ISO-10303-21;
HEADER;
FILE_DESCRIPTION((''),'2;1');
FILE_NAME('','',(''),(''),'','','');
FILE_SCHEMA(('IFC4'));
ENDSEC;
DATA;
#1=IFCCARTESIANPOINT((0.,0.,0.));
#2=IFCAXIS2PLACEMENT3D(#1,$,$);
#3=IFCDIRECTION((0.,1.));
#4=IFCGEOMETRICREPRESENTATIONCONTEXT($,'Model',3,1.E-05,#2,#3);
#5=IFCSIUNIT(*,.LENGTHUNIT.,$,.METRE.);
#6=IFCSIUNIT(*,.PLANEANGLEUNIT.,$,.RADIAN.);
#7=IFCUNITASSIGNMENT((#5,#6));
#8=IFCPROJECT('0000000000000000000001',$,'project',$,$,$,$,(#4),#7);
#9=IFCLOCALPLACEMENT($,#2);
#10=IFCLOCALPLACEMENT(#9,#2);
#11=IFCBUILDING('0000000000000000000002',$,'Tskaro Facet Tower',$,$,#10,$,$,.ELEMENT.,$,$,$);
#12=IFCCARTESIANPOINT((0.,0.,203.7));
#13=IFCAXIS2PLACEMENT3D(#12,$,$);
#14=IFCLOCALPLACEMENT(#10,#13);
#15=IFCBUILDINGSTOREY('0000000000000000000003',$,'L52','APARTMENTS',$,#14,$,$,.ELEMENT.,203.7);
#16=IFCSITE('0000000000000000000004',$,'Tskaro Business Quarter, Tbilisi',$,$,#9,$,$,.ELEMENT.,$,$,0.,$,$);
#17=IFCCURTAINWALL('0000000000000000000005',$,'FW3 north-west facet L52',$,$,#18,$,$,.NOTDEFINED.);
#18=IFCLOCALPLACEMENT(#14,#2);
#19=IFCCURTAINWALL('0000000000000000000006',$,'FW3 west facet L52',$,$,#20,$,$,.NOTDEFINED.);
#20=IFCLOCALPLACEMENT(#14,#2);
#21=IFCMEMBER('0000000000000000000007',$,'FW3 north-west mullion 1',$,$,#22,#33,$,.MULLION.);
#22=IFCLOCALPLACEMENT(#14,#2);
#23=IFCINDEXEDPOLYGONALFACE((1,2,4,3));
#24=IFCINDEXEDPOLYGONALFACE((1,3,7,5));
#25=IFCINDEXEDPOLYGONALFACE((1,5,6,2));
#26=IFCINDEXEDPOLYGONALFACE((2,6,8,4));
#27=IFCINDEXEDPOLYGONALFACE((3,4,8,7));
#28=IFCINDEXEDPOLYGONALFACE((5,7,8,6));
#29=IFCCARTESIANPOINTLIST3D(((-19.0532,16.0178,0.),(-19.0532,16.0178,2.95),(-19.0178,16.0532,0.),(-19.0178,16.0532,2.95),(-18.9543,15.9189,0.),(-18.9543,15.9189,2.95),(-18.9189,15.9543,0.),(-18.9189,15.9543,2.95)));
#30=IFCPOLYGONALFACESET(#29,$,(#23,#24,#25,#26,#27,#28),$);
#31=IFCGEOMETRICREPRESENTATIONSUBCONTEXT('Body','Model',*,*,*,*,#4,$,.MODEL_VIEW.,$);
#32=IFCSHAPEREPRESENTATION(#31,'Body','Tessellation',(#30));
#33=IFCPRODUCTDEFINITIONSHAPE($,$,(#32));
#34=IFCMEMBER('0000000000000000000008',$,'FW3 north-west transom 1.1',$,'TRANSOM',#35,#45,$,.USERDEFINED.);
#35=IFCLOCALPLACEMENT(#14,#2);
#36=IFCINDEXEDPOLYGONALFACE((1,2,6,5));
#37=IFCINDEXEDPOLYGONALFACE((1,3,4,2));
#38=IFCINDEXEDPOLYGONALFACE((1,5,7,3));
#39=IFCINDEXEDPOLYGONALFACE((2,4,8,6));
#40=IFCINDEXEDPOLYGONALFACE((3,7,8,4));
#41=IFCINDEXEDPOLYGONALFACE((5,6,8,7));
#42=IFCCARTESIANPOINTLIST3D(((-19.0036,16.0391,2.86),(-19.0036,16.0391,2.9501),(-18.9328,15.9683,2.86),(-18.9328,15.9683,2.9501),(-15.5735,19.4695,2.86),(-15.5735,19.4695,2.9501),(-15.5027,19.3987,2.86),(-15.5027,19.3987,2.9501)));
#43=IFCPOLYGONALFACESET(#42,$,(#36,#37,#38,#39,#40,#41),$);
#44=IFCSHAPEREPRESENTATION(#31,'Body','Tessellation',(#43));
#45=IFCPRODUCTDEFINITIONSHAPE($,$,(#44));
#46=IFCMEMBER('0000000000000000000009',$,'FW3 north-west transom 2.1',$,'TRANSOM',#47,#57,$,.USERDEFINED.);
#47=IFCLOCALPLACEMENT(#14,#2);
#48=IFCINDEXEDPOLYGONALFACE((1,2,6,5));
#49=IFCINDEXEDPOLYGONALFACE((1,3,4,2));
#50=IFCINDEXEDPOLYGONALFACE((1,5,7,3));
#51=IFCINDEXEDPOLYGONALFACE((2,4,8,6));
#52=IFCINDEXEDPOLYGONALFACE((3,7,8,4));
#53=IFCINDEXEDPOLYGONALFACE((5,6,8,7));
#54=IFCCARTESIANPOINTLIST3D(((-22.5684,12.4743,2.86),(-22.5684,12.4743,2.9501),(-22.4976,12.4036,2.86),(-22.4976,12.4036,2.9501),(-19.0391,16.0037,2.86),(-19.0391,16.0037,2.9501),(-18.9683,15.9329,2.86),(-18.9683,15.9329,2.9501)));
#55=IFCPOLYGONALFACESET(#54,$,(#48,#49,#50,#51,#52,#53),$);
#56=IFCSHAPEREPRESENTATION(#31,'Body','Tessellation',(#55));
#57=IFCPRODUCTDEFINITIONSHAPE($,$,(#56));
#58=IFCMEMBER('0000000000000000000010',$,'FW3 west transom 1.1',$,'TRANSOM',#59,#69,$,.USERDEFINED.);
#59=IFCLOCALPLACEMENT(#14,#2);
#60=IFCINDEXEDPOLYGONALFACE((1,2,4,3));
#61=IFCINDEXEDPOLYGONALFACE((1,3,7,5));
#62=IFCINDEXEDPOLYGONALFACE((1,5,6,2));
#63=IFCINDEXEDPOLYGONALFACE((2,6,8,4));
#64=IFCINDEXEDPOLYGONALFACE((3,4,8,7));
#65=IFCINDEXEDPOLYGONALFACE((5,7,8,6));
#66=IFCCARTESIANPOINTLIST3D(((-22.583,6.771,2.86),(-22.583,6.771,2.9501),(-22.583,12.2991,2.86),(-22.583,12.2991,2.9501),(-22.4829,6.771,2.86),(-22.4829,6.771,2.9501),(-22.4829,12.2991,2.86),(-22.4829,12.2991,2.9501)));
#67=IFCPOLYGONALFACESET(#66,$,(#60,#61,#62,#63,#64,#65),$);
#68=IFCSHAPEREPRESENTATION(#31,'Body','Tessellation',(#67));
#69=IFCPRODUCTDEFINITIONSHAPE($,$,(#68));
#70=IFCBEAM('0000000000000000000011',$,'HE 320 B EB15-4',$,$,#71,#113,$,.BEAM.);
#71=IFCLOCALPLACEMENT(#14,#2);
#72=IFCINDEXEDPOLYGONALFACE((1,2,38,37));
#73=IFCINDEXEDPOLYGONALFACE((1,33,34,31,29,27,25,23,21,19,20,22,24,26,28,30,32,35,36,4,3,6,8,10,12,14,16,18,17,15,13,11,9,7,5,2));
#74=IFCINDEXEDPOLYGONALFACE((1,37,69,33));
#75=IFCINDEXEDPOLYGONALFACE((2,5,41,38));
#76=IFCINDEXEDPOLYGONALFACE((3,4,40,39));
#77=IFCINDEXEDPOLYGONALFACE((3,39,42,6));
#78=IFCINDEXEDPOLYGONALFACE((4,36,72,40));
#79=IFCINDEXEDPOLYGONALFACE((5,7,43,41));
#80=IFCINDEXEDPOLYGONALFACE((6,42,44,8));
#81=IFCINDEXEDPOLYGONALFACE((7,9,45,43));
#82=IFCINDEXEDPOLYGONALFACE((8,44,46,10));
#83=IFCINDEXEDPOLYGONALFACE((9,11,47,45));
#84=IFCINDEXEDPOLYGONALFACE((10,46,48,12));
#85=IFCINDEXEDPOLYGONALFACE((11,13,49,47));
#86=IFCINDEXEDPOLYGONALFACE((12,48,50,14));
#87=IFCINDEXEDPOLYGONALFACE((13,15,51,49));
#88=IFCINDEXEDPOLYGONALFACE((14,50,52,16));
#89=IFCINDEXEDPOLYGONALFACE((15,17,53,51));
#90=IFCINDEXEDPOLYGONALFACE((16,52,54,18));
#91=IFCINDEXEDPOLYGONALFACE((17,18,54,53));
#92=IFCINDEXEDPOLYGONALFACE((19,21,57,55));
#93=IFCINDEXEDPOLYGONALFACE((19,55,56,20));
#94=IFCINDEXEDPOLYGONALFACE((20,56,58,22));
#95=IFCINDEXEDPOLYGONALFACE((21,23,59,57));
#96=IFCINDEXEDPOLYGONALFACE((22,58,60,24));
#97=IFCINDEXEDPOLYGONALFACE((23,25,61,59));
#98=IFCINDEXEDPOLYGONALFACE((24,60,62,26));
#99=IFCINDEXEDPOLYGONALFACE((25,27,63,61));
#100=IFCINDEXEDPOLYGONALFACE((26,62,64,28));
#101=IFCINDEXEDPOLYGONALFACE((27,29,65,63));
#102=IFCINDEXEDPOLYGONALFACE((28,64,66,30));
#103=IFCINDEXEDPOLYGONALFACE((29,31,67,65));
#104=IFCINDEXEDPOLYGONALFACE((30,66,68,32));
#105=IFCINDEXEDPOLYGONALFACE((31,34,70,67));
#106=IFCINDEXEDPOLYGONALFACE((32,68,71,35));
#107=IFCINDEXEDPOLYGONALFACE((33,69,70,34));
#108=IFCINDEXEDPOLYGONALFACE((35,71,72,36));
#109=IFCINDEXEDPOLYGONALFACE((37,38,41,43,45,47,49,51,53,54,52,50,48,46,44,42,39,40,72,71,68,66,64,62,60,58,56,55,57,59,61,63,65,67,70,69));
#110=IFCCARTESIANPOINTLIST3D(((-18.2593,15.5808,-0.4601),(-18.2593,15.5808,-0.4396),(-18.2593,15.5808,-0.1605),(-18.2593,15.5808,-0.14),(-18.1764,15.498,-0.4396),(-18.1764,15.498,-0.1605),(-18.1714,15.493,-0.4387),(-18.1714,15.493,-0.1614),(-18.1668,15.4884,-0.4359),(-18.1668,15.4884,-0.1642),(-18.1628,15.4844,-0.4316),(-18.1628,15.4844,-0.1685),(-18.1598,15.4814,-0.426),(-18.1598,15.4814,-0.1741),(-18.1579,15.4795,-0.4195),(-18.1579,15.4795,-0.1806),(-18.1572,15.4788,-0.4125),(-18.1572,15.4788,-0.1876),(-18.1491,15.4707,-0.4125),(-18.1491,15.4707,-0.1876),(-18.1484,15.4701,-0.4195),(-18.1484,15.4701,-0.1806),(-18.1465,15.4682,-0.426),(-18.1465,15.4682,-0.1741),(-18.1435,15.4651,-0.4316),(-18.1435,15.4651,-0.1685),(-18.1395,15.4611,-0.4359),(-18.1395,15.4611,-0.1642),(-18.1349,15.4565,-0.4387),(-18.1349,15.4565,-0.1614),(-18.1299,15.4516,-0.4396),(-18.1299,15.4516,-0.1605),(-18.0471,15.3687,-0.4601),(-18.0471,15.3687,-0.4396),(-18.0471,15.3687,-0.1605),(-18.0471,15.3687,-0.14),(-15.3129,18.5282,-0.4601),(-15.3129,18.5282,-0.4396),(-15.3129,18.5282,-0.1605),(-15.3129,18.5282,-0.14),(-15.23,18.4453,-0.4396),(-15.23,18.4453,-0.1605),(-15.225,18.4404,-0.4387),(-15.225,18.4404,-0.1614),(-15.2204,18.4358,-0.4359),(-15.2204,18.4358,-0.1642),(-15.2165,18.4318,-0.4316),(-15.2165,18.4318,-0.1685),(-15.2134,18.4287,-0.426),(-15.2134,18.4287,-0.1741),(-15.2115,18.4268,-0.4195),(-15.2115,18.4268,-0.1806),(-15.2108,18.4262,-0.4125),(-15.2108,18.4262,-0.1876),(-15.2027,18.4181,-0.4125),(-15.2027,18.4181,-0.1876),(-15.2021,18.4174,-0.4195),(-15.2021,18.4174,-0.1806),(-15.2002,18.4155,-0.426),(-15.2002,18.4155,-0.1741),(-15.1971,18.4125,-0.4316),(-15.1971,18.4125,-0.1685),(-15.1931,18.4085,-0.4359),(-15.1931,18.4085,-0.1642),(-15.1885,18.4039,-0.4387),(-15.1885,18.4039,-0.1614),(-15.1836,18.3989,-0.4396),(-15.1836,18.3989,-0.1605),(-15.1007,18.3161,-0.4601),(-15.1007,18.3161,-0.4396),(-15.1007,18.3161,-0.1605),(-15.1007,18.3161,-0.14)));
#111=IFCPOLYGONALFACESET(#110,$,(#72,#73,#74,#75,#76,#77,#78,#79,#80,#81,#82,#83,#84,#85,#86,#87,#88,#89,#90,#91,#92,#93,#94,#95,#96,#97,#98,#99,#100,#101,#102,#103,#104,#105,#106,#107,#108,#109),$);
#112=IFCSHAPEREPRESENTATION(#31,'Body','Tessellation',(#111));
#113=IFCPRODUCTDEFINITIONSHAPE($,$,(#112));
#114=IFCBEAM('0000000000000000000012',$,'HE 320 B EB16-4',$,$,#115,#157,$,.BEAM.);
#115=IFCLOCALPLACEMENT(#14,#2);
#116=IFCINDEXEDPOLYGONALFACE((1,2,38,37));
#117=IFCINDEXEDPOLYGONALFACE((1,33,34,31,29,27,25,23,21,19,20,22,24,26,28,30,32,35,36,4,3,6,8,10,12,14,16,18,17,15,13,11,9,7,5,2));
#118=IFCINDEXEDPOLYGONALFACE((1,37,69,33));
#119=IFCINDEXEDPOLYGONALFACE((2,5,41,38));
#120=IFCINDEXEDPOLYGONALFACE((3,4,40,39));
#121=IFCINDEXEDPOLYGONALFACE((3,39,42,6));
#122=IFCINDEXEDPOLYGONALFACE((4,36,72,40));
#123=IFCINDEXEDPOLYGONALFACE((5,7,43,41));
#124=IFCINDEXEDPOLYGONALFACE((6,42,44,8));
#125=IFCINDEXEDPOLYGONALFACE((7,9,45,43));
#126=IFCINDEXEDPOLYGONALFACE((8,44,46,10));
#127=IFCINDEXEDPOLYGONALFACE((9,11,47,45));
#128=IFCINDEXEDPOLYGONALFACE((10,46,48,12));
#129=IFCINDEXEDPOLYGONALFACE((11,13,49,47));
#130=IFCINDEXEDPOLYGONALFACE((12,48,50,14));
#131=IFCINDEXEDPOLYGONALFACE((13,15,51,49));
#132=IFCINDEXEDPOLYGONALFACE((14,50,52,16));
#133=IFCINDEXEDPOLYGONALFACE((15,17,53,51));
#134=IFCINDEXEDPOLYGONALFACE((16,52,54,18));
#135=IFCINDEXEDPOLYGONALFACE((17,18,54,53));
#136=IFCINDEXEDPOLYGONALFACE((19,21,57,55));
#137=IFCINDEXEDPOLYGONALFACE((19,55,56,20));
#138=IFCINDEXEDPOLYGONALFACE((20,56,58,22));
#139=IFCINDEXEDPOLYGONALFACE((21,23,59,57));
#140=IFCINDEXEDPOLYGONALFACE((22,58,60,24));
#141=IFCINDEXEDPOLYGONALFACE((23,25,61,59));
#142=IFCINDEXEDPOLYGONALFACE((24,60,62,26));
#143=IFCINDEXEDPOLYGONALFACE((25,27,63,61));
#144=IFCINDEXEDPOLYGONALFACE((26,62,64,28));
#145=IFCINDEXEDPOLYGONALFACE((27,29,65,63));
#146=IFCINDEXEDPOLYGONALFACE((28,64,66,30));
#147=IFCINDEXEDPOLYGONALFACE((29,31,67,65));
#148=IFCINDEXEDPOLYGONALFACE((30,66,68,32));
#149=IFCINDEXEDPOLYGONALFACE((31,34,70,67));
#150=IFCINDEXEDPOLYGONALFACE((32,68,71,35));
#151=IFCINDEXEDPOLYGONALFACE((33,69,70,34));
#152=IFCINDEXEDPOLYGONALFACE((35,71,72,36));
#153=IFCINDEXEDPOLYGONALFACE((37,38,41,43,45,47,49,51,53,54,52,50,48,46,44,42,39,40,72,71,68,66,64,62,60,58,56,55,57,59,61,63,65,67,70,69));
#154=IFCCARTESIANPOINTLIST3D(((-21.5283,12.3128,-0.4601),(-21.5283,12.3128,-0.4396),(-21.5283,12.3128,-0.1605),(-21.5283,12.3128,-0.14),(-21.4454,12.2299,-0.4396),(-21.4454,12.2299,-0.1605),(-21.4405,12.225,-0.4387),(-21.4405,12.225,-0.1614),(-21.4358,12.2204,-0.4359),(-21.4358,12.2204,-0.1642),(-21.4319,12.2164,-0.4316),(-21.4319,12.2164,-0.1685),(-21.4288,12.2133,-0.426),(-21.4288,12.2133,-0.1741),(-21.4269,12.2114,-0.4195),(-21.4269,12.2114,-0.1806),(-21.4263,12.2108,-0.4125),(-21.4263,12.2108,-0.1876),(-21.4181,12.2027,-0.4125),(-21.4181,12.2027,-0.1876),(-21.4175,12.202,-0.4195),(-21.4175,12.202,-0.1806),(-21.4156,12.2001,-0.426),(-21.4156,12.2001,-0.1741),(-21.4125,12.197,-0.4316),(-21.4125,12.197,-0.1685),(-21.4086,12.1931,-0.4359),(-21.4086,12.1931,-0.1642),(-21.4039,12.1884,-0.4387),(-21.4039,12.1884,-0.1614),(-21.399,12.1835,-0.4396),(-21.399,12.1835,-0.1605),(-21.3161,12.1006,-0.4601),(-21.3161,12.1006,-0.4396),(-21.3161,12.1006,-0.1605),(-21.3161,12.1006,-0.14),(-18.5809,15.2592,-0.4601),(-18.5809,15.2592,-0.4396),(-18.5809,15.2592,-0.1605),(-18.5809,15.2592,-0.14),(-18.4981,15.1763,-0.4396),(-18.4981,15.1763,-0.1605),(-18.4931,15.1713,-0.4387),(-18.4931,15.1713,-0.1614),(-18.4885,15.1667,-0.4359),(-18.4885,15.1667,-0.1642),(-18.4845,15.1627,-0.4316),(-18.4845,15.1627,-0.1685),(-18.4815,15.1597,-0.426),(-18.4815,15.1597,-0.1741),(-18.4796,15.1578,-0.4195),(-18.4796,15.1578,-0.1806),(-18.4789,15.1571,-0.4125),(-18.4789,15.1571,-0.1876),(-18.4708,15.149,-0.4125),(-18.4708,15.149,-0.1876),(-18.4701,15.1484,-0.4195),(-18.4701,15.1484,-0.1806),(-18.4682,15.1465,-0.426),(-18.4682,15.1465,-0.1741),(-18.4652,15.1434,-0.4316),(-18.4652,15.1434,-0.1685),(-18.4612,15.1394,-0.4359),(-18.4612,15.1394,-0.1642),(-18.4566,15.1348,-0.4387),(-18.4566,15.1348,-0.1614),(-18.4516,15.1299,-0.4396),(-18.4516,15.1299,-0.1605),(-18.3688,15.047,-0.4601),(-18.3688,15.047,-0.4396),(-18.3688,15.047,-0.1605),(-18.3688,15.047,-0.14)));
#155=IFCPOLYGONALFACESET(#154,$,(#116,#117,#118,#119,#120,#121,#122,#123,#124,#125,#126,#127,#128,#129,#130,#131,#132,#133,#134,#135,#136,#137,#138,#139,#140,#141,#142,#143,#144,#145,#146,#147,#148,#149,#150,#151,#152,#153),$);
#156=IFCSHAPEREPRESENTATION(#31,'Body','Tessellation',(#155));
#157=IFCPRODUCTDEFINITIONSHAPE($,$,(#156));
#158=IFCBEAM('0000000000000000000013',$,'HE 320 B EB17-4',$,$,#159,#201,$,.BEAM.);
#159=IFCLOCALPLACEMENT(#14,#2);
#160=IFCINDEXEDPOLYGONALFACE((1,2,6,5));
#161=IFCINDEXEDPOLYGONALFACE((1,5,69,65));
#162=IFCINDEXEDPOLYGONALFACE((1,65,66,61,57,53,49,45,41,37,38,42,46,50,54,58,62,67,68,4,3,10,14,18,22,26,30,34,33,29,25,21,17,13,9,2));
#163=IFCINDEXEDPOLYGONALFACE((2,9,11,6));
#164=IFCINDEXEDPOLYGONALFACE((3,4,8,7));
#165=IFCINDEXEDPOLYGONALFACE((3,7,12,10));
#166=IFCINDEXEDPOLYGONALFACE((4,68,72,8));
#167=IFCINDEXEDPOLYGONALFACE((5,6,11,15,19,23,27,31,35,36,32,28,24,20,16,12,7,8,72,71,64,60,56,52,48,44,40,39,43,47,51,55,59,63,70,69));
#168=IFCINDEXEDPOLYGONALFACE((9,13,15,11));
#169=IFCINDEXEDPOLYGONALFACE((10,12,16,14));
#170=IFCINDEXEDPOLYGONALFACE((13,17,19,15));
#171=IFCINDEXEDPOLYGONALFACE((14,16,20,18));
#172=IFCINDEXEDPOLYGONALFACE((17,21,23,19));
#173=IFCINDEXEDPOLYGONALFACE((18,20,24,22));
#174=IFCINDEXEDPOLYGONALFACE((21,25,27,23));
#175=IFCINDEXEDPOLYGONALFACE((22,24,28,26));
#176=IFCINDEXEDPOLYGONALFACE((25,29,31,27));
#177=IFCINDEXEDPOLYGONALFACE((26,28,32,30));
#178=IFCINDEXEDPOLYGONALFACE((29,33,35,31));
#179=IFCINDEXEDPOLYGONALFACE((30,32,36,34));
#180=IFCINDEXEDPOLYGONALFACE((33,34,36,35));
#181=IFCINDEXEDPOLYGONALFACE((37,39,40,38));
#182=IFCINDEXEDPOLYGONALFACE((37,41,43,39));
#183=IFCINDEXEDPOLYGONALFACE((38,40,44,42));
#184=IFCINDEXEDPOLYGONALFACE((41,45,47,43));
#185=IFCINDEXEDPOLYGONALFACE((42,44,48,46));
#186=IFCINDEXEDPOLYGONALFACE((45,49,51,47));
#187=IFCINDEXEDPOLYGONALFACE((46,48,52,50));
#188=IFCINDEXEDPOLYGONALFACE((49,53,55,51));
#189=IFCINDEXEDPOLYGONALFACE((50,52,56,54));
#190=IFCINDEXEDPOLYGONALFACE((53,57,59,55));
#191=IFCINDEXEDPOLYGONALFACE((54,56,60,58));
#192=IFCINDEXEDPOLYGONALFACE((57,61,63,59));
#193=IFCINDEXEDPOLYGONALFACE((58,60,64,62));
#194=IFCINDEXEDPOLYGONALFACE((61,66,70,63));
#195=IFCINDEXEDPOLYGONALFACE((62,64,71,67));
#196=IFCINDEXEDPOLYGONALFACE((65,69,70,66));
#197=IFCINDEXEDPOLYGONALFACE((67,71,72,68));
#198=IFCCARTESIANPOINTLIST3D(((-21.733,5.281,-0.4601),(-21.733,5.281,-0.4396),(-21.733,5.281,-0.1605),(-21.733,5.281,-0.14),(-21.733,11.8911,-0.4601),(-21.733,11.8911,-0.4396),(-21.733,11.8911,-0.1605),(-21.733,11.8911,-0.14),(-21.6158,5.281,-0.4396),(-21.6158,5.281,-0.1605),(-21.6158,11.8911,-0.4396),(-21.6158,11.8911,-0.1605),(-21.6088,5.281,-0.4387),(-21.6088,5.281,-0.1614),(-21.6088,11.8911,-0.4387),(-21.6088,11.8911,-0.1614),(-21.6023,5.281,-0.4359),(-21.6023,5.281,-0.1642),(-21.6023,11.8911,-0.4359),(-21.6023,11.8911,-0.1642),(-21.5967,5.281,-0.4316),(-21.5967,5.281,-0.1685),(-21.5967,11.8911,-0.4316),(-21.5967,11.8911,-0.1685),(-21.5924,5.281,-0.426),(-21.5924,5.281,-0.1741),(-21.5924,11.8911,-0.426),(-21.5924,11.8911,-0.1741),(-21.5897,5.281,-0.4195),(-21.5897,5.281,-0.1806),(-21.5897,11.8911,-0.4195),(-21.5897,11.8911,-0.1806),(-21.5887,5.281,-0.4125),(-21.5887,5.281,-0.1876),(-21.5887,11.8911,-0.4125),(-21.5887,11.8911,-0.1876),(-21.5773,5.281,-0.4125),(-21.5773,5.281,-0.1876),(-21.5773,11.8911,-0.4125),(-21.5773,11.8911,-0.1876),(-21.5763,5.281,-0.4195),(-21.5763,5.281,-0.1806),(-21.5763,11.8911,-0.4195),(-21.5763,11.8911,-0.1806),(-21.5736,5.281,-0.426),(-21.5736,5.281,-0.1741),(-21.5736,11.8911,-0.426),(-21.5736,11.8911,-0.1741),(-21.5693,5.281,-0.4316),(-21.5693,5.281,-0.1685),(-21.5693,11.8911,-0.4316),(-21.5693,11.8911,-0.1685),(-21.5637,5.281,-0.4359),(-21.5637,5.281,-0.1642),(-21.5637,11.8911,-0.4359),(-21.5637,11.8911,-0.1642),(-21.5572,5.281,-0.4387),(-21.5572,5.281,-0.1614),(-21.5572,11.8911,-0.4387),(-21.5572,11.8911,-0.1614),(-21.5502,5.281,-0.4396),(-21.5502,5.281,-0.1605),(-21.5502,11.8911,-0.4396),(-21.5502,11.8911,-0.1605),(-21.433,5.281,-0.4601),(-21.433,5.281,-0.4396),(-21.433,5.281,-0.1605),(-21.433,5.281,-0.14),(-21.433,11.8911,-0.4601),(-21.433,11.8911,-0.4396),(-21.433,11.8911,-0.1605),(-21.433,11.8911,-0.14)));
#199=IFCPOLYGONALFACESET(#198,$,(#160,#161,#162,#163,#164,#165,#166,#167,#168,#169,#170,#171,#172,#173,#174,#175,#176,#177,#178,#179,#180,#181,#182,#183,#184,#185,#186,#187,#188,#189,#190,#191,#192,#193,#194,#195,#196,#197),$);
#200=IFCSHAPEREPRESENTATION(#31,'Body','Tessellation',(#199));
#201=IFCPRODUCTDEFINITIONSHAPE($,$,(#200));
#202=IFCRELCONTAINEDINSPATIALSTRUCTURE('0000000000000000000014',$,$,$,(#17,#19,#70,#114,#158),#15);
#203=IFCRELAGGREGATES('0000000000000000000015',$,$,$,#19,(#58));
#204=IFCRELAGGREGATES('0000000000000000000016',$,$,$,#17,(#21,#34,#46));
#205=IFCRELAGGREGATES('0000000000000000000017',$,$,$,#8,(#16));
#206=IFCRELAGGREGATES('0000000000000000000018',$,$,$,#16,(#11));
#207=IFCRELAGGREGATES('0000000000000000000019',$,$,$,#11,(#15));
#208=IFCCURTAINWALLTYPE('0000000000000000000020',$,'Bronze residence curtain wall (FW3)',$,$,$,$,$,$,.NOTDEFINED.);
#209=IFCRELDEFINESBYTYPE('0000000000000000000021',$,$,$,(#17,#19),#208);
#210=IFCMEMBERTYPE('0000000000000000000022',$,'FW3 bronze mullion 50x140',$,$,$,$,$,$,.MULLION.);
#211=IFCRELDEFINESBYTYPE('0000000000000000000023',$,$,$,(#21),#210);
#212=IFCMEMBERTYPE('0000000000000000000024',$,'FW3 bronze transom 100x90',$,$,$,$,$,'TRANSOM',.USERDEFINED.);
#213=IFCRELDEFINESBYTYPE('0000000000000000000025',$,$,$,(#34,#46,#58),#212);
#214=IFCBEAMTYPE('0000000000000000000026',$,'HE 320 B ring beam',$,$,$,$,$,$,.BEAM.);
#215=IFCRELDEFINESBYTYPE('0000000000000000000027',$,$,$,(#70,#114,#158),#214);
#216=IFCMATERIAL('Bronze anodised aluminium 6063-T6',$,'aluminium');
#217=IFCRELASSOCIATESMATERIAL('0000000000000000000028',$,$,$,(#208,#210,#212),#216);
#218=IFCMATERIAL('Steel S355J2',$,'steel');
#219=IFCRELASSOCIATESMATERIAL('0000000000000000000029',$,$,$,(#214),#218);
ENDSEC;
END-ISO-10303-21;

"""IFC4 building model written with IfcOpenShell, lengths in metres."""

from ifc_helpers import new_model, si_unit, direction, frame, origin, origin_2d, place, context, subcontext, project, spatial, rectangle, i_section, extrude, material, material_profile, profile_set, type_object, element, aggregate, save


model = new_model("IFC4")

# Units and contexts
model_context = context("Model", 3, precision=1e-05, world=origin(), true_north=direction((0.0, 1.0)))
body_context = subcontext(model_context, "Body", "Model", "MODEL_VIEW")
ifc_project = project(units=[si_unit("LENGTHUNIT", "METRE"), si_unit("PLANEANGLEUNIT", "RADIAN")], contexts=[model_context])

# Site, building, storey
site_placement = place(None, origin())
site = spatial("IfcSite", under=ifc_project, at=site_placement, Name="Tskaro Business Quarter, Tbilisi", CompositionType="ELEMENT", RefElevation=0.0)
building_placement = place(site_placement, origin())
building = spatial("IfcBuilding", under=site, at=building_placement, Name="Tskaro Facet Tower", CompositionType="ELEMENT")
storey_placement = place(building_placement, frame((0.0, 0.0, 203.7)))
storey = spatial("IfcBuildingStorey", under=building, at=storey_placement, Name="L52", Description="APARTMENTS", CompositionType="ELEMENT", Elevation=203.7)

# Curtain walls
ifc_material_1 = material(Name="Bronze anodised aluminium 6063-T6", Category="aluminium")
curtain_wall_type = type_object("IfcCurtainWallType", Name="Bronze residence curtain wall (FW3)", PredefinedType="NOTDEFINED", material=ifc_material_1)
curtain_wall_1_placement = place(storey_placement, origin())
curtain_wall_1 = element("IfcCurtainWall", 1, at=curtain_wall_1_placement, inside=storey, type_object=curtain_wall_type, Name="FW3 north-west facet L52", PredefinedType="NOTDEFINED")
curtain_wall_2_placement = place(storey_placement, origin())
curtain_wall_2 = element("IfcCurtainWall", 2, at=curtain_wall_2_placement, inside=storey, type_object=curtain_wall_type, Name="FW3 west facet L52", PredefinedType="NOTDEFINED")

# Members
ifc_material_profile_1 = material_profile(ifc_material_1, rectangle(XDim=0.05, YDim=0.1399, at=origin_2d()), Name="Mullion 50x140")
ifc_profile_set_1 = profile_set([ifc_material_profile_1], Name="Bronze anodised aluminium 6063-T6")
member_type_1 = type_object("IfcMemberType", Name="FW3 bronze mullion 50x140", PredefinedType="MULLION", material=ifc_profile_set_1)
member_1_placement = place(storey_placement, frame((-18.9861, 15.9861, 0.0), z_axis=(0.0, 0.0, 1.0), x_axis=(-0.707107, -0.707107, 0.0)))
member_1 = element("IfcMember", 3, at=member_1_placement, type_object=member_type_1, Name="FW3 north-west mullion 1", PredefinedType="MULLION", context=body_context, shape_type="SweptSolid", body=[
    extrude(rectangle(XDim=0.05, YDim=0.1399, at=origin_2d()), origin(), (0.0, 0.0, 1.0), 2.95),
])
ifc_material_profile_2 = material_profile(ifc_material_1, rectangle(XDim=0.1001, YDim=0.0901, at=origin_2d()), Name="Transom 100x90")
ifc_profile_set_2 = profile_set([ifc_material_profile_2], Name="Bronze anodised aluminium 6063-T6")
member_type_2 = type_object("IfcMemberType", Name="FW3 bronze transom 100x90", ElementType="TRANSOM", PredefinedType="USERDEFINED", material=ifc_profile_set_2)
member_2_placement = place(storey_placement, frame((-15.5381, 19.4341, 2.905), z_axis=(-0.707082, -0.707132, 0.0), x_axis=(0.707132, -0.707082, 0.0)))
member_2 = element("IfcMember", 4, at=member_2_placement, type_object=member_type_2, Name="FW3 north-west transom 1.1", ObjectType="TRANSOM", PredefinedType="USERDEFINED", context=body_context, shape_type="SweptSolid", body=[
    extrude(rectangle(XDim=0.1001, YDim=0.0901, at=origin_2d()), origin(), (0.0, 0.0, 1.0), 4.8511),
])
member_3_placement = place(storey_placement, frame((-19.0037, 15.9683, 2.905), z_axis=(-0.707107, -0.707107, 0.0), x_axis=(0.707107, -0.707107, 0.0)))
member_3 = element("IfcMember", 5, at=member_3_placement, type_object=member_type_2, Name="FW3 north-west transom 2.1", ObjectType="TRANSOM", PredefinedType="USERDEFINED", context=body_context, shape_type="SweptSolid", body=[
    extrude(rectangle(XDim=0.1001, YDim=0.0901, at=origin_2d()), origin(), (0.0, 0.0, 1.0), 4.9912),
])
member_4_placement = place(storey_placement, frame((-22.533, 12.2991, 2.905), z_axis=(0.0, -1.0, 0.0), x_axis=(1.0, 0.0, 0.0)))
member_4 = element("IfcMember", 6, at=member_4_placement, type_object=member_type_2, Name="FW3 west transom 1.1", ObjectType="TRANSOM", PredefinedType="USERDEFINED", context=body_context, shape_type="SweptSolid", body=[
    extrude(rectangle(XDim=0.1001, YDim=0.0901, at=origin_2d()), origin(), (0.0, 0.0, 1.0), 5.5281),
])
aggregate(curtain_wall_2, [member_4])

# Beams
ifc_material_2 = material(Name="Steel S355J2", Category="steel")
ifc_material_profile_3 = material_profile(ifc_material_2, i_section(OverallWidth=0.3, OverallDepth=0.3201, WebThickness=0.0115, FlangeThickness=0.0205, FilletRadius=0.0271, at=origin_2d()), Name="HE 320 B")
ifc_profile_set_3 = profile_set([ifc_material_profile_3], Name="Steel S355J2")
beam_type_1 = type_object("IfcBeamType", Name="HE 320 B ring beam", PredefinedType="BEAM", material=ifc_profile_set_3)
for number, where, z_axis, x_axis, name in (
    (7, (-15.2068, 18.4221, -0.3), (-0.70699, -0.707224, 0.0), (0.707224, -0.70699, 0.0), "HE 320 B EB15-4"),
    (8, (-18.4749, 15.1531, -0.3), (-0.707224, -0.70699, 0.0), (0.70699, -0.707224, 0.0), "HE 320 B EB16-4"),
):
    element("IfcBeam", number, at=place(storey_placement, frame(where, z_axis=z_axis, x_axis=x_axis)), inside=storey, type_object=beam_type_1, Name=name, PredefinedType="BEAM", context=body_context, shape_type="SweptSolid", body=[
        extrude(i_section(OverallWidth=0.3, OverallDepth=0.3201, WebThickness=0.0115, FlangeThickness=0.0205, FilletRadius=0.0271, at=origin_2d()), origin(), (0.0, 0.0, 1.0), 4.1675),
    ])
beam_1_placement = place(storey_placement, frame((-21.583, 11.8911, -0.3), z_axis=(0.0, -1.0, 0.0), x_axis=(1.0, 0.0, 0.0)))
element("IfcBeam", 9, at=beam_1_placement, inside=storey, type_object=beam_type_1, Name="HE 320 B EB17-4", PredefinedType="BEAM", context=body_context, shape_type="SweptSolid", body=[
    extrude(i_section(OverallWidth=0.3, OverallDepth=0.3201, WebThickness=0.0115, FlangeThickness=0.0205, FilletRadius=0.0271, at=origin_2d()), origin(), (0.0, 0.0, 1.0), 6.6101),
])

aggregate(curtain_wall_1, [member_1, member_2, member_3])

save(model, "model.ifc")
